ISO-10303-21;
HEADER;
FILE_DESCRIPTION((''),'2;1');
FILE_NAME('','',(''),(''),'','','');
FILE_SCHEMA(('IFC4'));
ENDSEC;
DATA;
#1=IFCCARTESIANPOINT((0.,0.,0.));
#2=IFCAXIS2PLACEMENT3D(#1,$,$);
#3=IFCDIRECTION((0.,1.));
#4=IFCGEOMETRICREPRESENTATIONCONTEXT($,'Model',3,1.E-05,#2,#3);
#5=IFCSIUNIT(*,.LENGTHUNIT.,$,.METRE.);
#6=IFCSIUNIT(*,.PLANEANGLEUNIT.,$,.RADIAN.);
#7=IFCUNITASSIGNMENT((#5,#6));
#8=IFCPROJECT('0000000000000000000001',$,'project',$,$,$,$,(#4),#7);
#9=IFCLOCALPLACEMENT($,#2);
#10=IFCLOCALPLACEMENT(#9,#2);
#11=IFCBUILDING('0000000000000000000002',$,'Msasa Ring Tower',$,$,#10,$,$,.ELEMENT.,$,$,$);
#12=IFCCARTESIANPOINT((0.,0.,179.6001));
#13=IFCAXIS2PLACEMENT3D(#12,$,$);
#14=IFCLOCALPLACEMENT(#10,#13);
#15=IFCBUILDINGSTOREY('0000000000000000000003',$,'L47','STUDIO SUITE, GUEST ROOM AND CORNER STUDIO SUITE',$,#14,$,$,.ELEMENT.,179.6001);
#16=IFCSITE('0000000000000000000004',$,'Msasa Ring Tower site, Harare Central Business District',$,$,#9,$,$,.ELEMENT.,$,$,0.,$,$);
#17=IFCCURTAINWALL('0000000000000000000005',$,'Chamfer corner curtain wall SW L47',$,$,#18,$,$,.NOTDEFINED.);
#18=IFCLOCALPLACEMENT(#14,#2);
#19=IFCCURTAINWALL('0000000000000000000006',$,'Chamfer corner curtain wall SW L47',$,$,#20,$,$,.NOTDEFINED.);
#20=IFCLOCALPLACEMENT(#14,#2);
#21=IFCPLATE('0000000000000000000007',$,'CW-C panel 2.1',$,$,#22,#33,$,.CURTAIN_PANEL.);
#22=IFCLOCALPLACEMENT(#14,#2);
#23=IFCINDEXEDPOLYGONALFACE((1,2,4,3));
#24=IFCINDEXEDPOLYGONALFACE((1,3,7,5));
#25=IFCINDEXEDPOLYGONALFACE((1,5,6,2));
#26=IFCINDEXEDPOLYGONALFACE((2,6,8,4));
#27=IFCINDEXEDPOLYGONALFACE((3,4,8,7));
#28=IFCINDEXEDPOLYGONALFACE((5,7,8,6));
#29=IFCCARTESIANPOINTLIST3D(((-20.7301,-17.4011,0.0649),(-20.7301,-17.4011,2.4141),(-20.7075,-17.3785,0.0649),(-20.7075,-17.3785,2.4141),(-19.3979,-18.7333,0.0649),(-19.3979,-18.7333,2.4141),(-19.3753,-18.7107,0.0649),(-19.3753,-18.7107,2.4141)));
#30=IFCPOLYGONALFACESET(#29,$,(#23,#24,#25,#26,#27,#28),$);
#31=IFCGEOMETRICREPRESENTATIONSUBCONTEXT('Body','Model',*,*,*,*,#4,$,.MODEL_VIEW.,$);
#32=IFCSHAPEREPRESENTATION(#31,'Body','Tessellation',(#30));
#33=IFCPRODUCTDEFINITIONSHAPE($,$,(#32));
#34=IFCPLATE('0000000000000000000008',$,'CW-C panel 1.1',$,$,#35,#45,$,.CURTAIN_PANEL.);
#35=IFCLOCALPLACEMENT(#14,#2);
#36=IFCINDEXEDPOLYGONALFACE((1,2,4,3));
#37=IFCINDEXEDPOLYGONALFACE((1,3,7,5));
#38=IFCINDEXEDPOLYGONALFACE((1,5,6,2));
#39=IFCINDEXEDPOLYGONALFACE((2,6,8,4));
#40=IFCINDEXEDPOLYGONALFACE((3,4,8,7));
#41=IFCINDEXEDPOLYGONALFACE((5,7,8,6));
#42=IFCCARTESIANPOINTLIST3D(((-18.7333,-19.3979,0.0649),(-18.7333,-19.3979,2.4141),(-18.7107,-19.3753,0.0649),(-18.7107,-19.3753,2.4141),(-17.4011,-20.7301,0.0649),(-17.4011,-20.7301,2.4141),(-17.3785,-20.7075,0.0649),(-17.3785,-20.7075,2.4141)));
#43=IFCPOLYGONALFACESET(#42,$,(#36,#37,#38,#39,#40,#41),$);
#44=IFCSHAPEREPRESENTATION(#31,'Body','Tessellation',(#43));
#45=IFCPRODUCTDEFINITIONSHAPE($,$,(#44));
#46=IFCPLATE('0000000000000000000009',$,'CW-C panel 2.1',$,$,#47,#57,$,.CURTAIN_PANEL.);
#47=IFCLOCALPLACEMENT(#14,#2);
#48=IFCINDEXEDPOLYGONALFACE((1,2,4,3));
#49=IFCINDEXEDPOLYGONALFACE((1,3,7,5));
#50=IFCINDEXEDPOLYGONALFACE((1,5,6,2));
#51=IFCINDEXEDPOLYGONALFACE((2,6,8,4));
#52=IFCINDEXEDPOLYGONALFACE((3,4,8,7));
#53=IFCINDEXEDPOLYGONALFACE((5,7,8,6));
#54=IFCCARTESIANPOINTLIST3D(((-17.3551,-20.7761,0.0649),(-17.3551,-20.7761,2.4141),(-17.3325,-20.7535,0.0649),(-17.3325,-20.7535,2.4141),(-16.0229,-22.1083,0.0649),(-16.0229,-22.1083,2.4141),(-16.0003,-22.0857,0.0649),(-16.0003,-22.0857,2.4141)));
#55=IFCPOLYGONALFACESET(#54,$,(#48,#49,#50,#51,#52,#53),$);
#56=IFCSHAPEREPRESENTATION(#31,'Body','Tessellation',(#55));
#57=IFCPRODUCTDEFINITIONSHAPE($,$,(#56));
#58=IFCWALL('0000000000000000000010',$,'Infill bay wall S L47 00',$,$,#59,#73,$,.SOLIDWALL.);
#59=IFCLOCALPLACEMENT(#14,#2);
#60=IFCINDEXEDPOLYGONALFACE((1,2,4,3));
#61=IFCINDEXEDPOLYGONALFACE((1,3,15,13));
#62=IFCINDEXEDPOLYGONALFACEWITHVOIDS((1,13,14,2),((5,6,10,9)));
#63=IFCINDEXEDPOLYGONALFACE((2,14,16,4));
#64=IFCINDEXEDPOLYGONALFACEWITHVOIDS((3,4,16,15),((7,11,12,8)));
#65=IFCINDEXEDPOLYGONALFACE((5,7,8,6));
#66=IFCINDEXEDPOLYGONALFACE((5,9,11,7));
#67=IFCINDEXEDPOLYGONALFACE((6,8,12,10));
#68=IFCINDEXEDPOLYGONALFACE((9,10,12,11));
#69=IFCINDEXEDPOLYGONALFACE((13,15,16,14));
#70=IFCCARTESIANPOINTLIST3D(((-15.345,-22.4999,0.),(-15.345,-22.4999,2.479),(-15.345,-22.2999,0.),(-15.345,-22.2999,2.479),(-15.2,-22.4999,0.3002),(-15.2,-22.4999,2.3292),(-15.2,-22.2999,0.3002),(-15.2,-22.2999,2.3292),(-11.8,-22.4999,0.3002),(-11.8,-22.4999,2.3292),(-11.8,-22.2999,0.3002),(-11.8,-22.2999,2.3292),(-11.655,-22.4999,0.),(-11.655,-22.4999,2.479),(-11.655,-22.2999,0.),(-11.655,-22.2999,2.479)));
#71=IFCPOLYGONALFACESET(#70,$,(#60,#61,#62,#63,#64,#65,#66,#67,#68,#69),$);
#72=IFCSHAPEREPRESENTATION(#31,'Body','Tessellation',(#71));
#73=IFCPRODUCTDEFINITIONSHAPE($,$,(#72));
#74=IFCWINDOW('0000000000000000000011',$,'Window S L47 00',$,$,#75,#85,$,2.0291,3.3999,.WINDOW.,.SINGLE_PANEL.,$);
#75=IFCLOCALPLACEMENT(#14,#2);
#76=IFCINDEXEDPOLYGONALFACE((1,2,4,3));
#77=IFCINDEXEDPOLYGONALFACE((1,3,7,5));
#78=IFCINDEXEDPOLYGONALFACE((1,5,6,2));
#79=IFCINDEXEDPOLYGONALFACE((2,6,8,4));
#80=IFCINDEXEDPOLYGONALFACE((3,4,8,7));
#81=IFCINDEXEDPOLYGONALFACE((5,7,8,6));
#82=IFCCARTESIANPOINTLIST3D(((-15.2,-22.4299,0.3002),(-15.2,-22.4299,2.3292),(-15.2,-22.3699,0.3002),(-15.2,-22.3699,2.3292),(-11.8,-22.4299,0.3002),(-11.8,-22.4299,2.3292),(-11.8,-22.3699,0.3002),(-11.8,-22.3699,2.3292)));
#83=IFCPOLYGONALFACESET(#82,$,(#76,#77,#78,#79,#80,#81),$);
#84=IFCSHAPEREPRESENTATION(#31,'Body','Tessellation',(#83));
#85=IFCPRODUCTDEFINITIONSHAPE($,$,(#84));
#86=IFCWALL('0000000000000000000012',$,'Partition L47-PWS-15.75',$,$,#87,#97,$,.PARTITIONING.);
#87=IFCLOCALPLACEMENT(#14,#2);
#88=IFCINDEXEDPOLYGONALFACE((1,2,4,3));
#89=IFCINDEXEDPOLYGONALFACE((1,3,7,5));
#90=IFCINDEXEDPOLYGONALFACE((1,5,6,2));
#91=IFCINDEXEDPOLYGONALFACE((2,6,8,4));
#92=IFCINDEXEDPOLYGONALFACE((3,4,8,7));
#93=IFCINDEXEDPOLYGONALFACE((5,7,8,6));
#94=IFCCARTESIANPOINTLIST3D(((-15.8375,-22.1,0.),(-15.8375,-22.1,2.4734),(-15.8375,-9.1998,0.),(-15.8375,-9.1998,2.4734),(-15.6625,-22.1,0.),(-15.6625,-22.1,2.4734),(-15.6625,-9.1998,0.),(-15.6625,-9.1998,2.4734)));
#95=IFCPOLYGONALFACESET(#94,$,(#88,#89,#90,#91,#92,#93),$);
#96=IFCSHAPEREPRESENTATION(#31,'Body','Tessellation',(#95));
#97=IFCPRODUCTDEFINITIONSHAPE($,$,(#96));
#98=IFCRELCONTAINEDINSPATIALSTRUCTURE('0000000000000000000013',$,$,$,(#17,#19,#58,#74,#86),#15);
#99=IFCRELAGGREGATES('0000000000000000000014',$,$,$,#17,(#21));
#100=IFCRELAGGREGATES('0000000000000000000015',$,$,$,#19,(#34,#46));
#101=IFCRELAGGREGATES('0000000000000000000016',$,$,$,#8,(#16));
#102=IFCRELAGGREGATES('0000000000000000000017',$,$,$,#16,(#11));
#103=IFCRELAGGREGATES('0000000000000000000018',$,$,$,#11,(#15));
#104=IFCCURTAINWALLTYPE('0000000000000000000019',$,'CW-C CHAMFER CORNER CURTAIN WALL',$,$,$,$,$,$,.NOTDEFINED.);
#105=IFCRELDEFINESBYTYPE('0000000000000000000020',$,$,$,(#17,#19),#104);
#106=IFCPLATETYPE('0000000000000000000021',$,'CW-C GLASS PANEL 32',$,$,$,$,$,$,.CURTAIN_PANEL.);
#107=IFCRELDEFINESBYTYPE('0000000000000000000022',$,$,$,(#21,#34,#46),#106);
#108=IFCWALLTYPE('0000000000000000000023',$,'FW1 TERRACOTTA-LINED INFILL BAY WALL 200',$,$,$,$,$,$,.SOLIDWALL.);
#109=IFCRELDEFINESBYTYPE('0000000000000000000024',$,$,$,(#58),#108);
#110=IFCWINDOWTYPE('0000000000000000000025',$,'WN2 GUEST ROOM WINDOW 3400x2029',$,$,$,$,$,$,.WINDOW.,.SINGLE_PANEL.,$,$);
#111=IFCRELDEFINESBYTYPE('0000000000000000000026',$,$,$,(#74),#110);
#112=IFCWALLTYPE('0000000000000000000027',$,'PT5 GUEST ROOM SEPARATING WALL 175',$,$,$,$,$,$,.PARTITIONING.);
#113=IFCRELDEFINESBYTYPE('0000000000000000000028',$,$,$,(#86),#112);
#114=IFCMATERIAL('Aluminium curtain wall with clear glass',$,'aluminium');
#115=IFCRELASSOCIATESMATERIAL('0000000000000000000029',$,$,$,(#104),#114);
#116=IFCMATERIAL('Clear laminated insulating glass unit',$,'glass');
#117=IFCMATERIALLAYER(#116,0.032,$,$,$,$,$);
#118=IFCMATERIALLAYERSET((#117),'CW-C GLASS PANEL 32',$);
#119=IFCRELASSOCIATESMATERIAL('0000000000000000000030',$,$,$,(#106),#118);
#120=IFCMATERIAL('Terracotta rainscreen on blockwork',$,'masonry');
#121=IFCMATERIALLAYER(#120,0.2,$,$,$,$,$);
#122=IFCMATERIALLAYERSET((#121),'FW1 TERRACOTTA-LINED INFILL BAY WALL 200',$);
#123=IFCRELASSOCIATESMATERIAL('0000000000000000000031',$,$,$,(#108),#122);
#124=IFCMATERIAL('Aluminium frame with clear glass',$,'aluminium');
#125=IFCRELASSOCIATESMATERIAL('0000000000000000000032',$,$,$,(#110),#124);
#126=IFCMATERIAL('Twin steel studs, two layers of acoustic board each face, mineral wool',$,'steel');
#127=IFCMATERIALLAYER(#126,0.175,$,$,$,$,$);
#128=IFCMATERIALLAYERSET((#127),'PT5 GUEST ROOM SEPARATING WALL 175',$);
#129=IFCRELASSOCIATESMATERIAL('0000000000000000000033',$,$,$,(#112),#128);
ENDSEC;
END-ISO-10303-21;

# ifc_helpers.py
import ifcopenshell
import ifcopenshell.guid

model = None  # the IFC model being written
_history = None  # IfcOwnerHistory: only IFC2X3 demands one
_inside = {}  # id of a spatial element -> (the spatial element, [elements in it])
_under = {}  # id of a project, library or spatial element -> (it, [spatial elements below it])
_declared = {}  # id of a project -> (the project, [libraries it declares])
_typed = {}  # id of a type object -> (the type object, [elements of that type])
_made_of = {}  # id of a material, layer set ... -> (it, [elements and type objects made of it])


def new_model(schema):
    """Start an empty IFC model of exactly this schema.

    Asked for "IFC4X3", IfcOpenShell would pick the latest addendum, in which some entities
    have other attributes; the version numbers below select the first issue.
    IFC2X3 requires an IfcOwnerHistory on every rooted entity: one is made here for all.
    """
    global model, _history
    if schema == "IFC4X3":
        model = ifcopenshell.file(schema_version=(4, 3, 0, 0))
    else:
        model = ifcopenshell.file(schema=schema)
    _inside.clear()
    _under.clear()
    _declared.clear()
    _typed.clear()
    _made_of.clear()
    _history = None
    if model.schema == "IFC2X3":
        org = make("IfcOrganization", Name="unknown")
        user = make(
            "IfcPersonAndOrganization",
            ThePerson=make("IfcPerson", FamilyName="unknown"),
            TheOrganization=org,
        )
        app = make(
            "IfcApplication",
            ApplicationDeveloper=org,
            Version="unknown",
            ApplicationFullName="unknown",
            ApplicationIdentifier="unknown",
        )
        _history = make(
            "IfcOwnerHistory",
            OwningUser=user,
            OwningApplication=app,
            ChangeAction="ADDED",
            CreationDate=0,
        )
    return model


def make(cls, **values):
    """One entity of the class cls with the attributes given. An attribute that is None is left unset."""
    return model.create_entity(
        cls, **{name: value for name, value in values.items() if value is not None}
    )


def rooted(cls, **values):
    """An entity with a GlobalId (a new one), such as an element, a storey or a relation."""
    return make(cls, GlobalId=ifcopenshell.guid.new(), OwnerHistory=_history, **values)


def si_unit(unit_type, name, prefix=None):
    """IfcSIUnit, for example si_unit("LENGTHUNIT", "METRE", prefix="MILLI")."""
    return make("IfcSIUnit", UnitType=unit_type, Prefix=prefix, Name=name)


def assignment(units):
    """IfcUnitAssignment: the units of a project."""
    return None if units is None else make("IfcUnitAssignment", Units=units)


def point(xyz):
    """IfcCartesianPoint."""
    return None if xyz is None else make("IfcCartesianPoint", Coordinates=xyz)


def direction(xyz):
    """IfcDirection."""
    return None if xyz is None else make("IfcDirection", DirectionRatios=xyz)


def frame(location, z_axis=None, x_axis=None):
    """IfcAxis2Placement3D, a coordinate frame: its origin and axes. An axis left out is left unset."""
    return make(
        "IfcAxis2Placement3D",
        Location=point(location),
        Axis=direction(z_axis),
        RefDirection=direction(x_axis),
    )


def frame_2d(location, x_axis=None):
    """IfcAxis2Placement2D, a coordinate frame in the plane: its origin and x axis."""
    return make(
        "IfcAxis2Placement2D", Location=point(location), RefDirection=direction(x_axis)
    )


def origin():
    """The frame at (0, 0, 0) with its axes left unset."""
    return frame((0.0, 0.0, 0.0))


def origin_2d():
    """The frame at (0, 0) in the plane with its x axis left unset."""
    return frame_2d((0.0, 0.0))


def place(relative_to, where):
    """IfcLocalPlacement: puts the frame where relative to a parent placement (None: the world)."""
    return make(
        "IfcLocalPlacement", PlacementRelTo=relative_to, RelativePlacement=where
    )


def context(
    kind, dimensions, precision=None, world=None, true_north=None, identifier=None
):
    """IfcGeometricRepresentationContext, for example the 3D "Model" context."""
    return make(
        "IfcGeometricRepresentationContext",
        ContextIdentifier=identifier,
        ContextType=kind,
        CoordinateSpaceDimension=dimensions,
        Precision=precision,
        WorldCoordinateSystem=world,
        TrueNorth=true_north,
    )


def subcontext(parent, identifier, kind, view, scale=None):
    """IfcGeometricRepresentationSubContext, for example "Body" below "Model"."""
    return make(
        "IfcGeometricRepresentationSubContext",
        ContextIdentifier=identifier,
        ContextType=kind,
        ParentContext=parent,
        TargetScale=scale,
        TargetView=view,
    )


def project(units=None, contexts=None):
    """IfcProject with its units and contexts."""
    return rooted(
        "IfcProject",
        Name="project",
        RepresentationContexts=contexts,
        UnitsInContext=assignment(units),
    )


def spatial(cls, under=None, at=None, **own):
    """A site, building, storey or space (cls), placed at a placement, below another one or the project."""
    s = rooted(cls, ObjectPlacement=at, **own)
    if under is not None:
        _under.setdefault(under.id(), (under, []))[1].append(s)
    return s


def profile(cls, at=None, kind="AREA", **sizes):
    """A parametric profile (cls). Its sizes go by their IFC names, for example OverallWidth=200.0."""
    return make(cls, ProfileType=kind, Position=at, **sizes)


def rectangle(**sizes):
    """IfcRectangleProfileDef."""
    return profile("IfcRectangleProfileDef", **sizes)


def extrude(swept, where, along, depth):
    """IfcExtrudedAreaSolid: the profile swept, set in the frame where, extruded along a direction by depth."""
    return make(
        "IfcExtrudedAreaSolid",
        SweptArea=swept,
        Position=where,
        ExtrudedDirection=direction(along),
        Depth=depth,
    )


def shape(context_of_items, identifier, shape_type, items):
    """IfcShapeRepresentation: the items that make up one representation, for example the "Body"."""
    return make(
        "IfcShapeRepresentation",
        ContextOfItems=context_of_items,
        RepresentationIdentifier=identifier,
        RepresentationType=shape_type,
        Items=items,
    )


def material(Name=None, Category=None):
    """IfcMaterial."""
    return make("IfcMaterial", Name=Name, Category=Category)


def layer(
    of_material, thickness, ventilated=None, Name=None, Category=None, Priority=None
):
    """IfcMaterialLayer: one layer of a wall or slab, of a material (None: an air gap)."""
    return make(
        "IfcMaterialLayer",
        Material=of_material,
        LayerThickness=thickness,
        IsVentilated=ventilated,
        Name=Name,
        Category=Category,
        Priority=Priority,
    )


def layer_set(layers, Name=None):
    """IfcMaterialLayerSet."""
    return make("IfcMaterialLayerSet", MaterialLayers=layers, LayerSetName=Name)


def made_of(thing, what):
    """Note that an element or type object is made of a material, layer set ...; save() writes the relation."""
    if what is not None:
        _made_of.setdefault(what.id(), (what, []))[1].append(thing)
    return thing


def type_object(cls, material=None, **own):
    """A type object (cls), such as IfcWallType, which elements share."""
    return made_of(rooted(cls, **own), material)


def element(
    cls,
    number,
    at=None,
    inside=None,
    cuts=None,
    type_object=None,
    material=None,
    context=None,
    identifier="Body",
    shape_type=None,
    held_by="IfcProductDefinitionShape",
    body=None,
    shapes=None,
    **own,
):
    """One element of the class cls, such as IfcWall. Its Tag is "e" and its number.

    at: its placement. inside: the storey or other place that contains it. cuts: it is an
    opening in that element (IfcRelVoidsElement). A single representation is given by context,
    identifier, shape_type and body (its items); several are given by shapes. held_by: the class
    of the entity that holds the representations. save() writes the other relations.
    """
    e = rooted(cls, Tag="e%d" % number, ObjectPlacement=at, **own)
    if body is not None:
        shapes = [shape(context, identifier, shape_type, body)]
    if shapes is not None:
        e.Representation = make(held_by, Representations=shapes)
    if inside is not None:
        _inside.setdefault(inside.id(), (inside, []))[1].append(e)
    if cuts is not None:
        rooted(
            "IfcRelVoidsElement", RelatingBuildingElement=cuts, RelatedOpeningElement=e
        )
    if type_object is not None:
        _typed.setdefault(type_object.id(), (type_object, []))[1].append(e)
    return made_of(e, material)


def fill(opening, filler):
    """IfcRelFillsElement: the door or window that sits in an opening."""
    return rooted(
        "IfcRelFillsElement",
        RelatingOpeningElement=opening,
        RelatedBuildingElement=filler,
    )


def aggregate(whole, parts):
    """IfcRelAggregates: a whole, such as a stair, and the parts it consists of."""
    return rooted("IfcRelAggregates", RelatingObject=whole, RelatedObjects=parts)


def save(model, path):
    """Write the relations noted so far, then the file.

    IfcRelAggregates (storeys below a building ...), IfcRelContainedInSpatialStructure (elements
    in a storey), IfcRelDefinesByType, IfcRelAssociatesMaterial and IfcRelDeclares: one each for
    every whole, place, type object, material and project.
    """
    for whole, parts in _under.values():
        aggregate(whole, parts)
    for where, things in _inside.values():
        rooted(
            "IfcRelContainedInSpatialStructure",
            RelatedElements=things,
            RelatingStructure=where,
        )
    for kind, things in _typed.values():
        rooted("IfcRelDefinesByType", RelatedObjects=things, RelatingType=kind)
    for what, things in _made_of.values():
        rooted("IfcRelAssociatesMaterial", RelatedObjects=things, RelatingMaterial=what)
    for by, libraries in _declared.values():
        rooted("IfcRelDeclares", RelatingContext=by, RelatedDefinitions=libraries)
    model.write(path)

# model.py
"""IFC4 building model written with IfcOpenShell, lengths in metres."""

from ifc_helpers import new_model, si_unit, direction, frame, frame_2d, origin, origin_2d, place, context, subcontext, project, spatial, rectangle, extrude, material, layer, layer_set, type_object, element, fill, aggregate, save


model = new_model("IFC4")

# Units and contexts
model_context = context("Model", 3, precision=1e-05, world=origin(), true_north=direction((0.0, 1.0)))
body_context = subcontext(model_context, "Body", "Model", "MODEL_VIEW")
ifc_project = project(units=[si_unit("LENGTHUNIT", "METRE"), si_unit("PLANEANGLEUNIT", "RADIAN")], contexts=[model_context])

# Site, building, storey
site_placement = place(None, origin())
site = spatial("IfcSite", under=ifc_project, at=site_placement, Name="Msasa Ring Tower site, Harare Central Business District", CompositionType="ELEMENT", RefElevation=0.0)
building_placement = place(site_placement, origin())
building = spatial("IfcBuilding", under=site, at=building_placement, Name="Msasa Ring Tower", CompositionType="ELEMENT")
storey_placement = place(building_placement, frame((0.0, 0.0, 179.6001)))
storey = spatial("IfcBuildingStorey", under=building, at=storey_placement, Name="L47", Description="STUDIO SUITE, GUEST ROOM AND CORNER STUDIO SUITE", CompositionType="ELEMENT", Elevation=179.6001)

# Curtain walls
ifc_material_1 = material(Name="Aluminium curtain wall with clear glass", Category="aluminium")
curtain_wall_type = type_object("IfcCurtainWallType", Name="CW-C CHAMFER CORNER CURTAIN WALL", PredefinedType="NOTDEFINED", material=ifc_material_1)
curtain_wall_1_placement = place(storey_placement, origin())
curtain_wall_1 = element("IfcCurtainWall", 1, at=curtain_wall_1_placement, inside=storey, type_object=curtain_wall_type, Name="Chamfer corner curtain wall SW L47", PredefinedType="NOTDEFINED")
curtain_wall_2_placement = place(storey_placement, origin())
curtain_wall_2 = element("IfcCurtainWall", 2, at=curtain_wall_2_placement, inside=storey, type_object=curtain_wall_type, Name="Chamfer corner curtain wall SW L47", PredefinedType="NOTDEFINED")

# Plates
ifc_material_2 = material(Name="Clear laminated insulating glass unit", Category="glass")
ifc_layer_1 = layer(ifc_material_2, 0.032)
ifc_layer_set_1 = layer_set([ifc_layer_1], Name="CW-C GLASS PANEL 32")
plate_type = type_object("IfcPlateType", Name="CW-C GLASS PANEL 32", PredefinedType="CURTAIN_PANEL", material=ifc_layer_set_1)
plate_1_placement = place(storey_placement, frame((-20.0527, -18.0559, 0.0649), z_axis=(0.0, 0.0, 1.0), x_axis=(0.707107, -0.707107, 0.0)))
plate_1 = element("IfcPlate", 3, at=plate_1_placement, type_object=plate_type, Name="CW-C panel 2.1", PredefinedType="CURTAIN_PANEL", context=body_context, shape_type="SweptSolid", body=[
    extrude(rectangle(XDim=1.884, YDim=0.032, at=origin_2d()), origin(), (0.0, 0.0, 1.0), 2.3491),
])
aggregate(curtain_wall_1, [plate_1])
plate_2_placement = place(storey_placement, frame((-18.0559, -20.0527, 0.0649), z_axis=(0.0, 0.0, 1.0), x_axis=(0.707107, -0.707107, 0.0)))
plate_2 = element("IfcPlate", 4, at=plate_2_placement, type_object=plate_type, Name="CW-C panel 1.1", PredefinedType="CURTAIN_PANEL", context=body_context, shape_type="SweptSolid", body=[
    extrude(rectangle(XDim=1.884, YDim=0.032, at=origin_2d()), origin(), (0.0, 0.0, 1.0), 2.3491),
])
plate_3_placement = place(storey_placement, frame((-16.6777, -21.4309, 0.0649), z_axis=(0.0, 0.0, 1.0), x_axis=(0.707107, -0.707107, 0.0)))
plate_3 = element("IfcPlate", 5, at=plate_3_placement, type_object=plate_type, Name="CW-C panel 2.1", PredefinedType="CURTAIN_PANEL", context=body_context, shape_type="SweptSolid", body=[
    extrude(rectangle(XDim=1.884, YDim=0.032, at=origin_2d()), origin(), (0.0, 0.0, 1.0), 2.3491),
])
aggregate(curtain_wall_2, [plate_2, plate_3])

# Wall, opening, window
ifc_material_3 = material(Name="Terracotta rainscreen on blockwork", Category="masonry")
ifc_layer_2 = layer(ifc_material_3, 0.2)
ifc_layer_set_2 = layer_set([ifc_layer_2], Name="FW1 TERRACOTTA-LINED INFILL BAY WALL 200")
wall_type_1 = type_object("IfcWallType", Name="FW1 TERRACOTTA-LINED INFILL BAY WALL 200", PredefinedType="SOLIDWALL", material=ifc_layer_set_2)
wall_1_placement = place(storey_placement, frame((-15.345, -22.3999, 0.0), z_axis=(0.0, 0.0, 1.0), x_axis=(1.0, 0.0, 0.0)))
wall_1 = element("IfcWall", 6, at=wall_1_placement, inside=storey, type_object=wall_type_1, Name="Infill bay wall S L47 00", PredefinedType="SOLIDWALL", context=body_context, shape_type="SweptSolid", body=[
    extrude(rectangle(XDim=3.6899, YDim=0.2, at=frame_2d((1.845, 0.0))), origin(), (0.0, 0.0, 1.0), 2.479),
])
opening_placement = place(wall_1_placement, frame((0.145, 0.0, 0.3)))
opening = element("IfcOpeningElement", 7, at=opening_placement, cuts=wall_1, PredefinedType="OPENING", context=body_context, shape_type="SweptSolid", body=[
    extrude(rectangle(XDim=3.3999, YDim=2.0291, at=frame_2d((1.7, 1.0146))), frame((0.0, 0.1099, 0.0), z_axis=(0.0, -1.0, 0.0), x_axis=(1.0, 0.0, 0.0)), (0.0, 0.0, 1.0), 0.22),
])
ifc_material_4 = material(Name="Aluminium frame with clear glass", Category="aluminium")
window_type = type_object("IfcWindowType", Name="WN2 GUEST ROOM WINDOW 3400x2029", PartitioningType="SINGLE_PANEL", PredefinedType="WINDOW", material=ifc_material_4)
window_placement = place(opening_placement, origin())
window = element("IfcWindow", 8, at=window_placement, inside=storey, type_object=window_type, Name="Window S L47 00", OverallHeight=2.0291, OverallWidth=3.3999, PartitioningType="SINGLE_PANEL", PredefinedType="WINDOW", context=body_context, shape_type="SweptSolid", body=[
    extrude(rectangle(XDim=3.3999, YDim=2.0291, at=frame_2d((1.7, 1.0146))), frame((0.0, 0.03, 0.0), z_axis=(0.0, -1.0, 0.0), x_axis=(1.0, 0.0, 0.0)), (0.0, 0.0, 1.0), 0.0601),
])
fill(opening, window)

# Wall
ifc_material_5 = material(Name="Twin steel studs, two layers of acoustic board each face, mineral wool", Category="steel")
ifc_layer_3 = layer(ifc_material_5, 0.175)
ifc_layer_set_3 = layer_set([ifc_layer_3], Name="PT5 GUEST ROOM SEPARATING WALL 175")
wall_type_2 = type_object("IfcWallType", Name="PT5 GUEST ROOM SEPARATING WALL 175", PredefinedType="PARTITIONING", material=ifc_layer_set_3)
wall_2_placement = place(storey_placement, frame((-15.75, -22.1001, 0.0), z_axis=(0.0, 0.0, 1.0), x_axis=(0.0, 1.0, 0.0)))
element("IfcWall", 9, at=wall_2_placement, inside=storey, type_object=wall_type_2, Name="Partition L47-PWS-15.75", PredefinedType="PARTITIONING", context=body_context, shape_type="SweptSolid", body=[
    extrude(rectangle(XDim=12.9001, YDim=0.175, at=frame_2d((6.4502, 0.0))), origin(), (0.0, 0.0, 1.0), 2.4734),
])

save(model, "model.ifc")
